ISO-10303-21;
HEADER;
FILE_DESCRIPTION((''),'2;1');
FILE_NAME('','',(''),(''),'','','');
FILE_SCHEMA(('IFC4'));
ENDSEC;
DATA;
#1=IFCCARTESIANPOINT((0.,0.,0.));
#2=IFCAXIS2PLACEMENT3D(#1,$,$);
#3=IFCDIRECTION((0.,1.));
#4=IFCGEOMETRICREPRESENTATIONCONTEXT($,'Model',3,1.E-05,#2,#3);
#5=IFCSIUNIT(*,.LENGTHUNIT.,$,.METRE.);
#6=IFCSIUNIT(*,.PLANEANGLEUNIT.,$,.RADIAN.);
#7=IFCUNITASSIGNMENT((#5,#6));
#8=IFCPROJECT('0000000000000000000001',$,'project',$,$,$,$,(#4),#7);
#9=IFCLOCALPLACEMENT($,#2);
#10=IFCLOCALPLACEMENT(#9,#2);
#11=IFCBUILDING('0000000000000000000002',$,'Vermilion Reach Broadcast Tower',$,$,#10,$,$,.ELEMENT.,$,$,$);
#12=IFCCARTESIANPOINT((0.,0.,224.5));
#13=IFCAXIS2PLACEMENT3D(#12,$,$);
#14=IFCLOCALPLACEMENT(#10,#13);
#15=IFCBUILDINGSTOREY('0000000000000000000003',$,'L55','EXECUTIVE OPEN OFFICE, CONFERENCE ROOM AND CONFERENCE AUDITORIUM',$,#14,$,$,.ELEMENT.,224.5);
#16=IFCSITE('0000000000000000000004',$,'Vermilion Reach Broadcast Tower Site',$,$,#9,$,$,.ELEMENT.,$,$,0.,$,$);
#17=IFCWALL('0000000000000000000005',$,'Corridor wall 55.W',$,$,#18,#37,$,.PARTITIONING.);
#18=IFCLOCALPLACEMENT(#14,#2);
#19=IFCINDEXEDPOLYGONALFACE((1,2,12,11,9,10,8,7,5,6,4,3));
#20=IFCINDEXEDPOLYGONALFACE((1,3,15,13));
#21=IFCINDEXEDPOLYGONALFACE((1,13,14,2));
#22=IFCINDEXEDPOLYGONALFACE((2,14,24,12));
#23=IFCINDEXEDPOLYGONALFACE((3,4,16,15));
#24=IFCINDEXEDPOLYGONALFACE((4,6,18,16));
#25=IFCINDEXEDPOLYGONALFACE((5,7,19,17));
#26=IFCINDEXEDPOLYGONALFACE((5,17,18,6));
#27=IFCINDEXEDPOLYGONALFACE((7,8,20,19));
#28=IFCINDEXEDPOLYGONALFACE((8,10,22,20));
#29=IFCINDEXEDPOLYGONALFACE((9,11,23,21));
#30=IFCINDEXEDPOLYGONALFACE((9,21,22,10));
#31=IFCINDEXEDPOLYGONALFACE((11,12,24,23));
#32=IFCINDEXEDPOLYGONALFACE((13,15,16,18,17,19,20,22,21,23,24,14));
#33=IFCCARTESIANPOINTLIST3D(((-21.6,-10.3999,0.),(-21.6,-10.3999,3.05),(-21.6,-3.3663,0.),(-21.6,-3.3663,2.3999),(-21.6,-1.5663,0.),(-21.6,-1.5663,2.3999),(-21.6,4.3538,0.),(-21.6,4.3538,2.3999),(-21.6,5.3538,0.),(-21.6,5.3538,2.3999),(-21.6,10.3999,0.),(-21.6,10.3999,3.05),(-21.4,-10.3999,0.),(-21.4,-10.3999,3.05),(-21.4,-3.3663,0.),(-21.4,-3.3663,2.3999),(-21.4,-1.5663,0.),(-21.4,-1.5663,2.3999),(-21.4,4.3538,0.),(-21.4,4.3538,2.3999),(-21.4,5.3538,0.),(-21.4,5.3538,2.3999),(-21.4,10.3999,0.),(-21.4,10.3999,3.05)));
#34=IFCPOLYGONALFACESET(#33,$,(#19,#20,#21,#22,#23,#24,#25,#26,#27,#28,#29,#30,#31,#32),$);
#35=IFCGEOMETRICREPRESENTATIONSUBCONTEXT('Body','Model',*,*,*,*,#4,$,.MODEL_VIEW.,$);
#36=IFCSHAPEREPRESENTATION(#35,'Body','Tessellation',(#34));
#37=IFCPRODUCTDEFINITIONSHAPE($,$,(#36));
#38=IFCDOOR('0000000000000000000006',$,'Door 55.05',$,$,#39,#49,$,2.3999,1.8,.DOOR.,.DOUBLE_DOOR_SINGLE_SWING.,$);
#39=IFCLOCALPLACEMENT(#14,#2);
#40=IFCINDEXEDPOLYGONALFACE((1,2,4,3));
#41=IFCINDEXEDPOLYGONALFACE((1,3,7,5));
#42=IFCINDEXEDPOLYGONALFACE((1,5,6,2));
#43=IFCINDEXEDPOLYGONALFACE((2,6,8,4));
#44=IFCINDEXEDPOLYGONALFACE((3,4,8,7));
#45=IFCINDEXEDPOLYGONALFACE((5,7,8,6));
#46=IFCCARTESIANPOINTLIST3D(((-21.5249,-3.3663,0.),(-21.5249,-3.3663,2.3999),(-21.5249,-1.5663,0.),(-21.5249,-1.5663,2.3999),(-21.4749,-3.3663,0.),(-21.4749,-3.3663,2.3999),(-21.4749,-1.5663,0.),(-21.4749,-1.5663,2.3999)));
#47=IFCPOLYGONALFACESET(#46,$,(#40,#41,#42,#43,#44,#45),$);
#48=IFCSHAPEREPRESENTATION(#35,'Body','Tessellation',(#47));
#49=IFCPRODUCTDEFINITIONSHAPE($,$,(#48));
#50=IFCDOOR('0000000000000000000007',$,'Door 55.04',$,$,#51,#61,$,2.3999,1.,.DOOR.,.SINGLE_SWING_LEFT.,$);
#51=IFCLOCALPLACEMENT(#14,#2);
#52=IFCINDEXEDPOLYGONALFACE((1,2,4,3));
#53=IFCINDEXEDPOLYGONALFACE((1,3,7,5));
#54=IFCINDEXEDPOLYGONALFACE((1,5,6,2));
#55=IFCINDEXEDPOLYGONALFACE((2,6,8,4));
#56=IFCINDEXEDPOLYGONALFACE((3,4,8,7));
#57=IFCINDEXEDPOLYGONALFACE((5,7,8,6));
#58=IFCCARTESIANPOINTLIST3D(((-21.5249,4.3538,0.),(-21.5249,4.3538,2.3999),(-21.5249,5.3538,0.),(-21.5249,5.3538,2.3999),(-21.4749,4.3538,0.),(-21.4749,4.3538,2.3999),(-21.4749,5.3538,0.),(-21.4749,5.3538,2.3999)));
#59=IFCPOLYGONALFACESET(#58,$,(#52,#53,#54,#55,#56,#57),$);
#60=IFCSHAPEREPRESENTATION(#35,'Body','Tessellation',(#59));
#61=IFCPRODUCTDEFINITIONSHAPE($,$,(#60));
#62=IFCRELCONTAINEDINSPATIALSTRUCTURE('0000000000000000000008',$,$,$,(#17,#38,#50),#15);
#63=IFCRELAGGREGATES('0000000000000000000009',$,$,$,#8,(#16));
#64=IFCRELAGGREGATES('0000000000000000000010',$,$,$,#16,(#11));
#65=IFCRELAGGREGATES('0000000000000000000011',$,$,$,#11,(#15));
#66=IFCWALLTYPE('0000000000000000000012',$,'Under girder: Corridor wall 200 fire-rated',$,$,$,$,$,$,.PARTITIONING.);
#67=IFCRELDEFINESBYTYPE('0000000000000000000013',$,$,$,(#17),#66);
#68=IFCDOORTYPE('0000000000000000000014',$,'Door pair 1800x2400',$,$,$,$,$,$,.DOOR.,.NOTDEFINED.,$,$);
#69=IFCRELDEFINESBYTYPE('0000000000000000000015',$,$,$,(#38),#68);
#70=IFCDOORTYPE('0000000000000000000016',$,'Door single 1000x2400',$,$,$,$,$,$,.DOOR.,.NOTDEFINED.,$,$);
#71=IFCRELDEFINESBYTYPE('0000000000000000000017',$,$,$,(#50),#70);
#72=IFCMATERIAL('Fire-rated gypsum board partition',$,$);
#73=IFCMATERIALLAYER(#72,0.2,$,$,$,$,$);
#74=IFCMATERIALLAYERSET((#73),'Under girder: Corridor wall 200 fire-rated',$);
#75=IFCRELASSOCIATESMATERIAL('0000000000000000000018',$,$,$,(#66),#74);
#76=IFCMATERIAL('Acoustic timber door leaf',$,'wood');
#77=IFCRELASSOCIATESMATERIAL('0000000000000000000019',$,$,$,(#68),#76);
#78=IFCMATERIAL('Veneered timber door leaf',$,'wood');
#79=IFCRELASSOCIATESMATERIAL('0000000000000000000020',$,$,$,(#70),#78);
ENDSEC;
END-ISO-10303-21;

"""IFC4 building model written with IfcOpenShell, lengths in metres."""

from ifc_helpers import new_model, si_unit, direction, frame, frame_2d, origin, place, context, subcontext, project, spatial, rectangle, extrude, material, layer, layer_set, type_object, element, fill, save


model = new_model("IFC4")

# Units and contexts
model_context = context("Model", 3, precision=1e-05, world=origin(), true_north=direction((0.0, 1.0)))
body_context = subcontext(model_context, "Body", "Model", "MODEL_VIEW")
ifc_project = project(units=[si_unit("LENGTHUNIT", "METRE"), si_unit("PLANEANGLEUNIT", "RADIAN")], contexts=[model_context])

# Site, building, storey
site_placement = place(None, origin())
site = spatial("IfcSite", under=ifc_project, at=site_placement, Name="Vermilion Reach Broadcast Tower Site", CompositionType="ELEMENT", RefElevation=0.0)
building_placement = place(site_placement, origin())
building = spatial("IfcBuilding", under=site, at=building_placement, Name="Vermilion Reach Broadcast Tower", CompositionType="ELEMENT")
storey_placement = place(building_placement, frame((0.0, 0.0, 224.5)))
storey = spatial("IfcBuildingStorey", under=building, at=storey_placement, Name="L55", Description="EXECUTIVE OPEN OFFICE, CONFERENCE ROOM AND CONFERENCE AUDITORIUM", CompositionType="ELEMENT", Elevation=224.5)

# Wall, openings, doors
ifc_material_1 = material(Name="Fire-rated gypsum board partition")
ifc_layer_1 = layer(ifc_material_1, 0.2)
ifc_layer_set_1 = layer_set([ifc_layer_1], Name="Under girder: Corridor wall 200 fire-rated")
wall_type_1 = type_object("IfcWallType", Name="Under girder: Corridor wall 200 fire-rated", PredefinedType="PARTITIONING", material=ifc_layer_set_1)
wall_1_placement = place(storey_placement, frame((-21.5, -10.3999, 0.0), z_axis=(0.0, 0.0, 1.0), x_axis=(0.0, 1.0, 0.0)))
wall_1 = element("IfcWall", 1, at=wall_1_placement, inside=storey, type_object=wall_type_1, Name="Corridor wall 55.W", PredefinedType="PARTITIONING", context=body_context, shape_type="SweptSolid", body=[
    extrude(rectangle(XDim=20.7998, YDim=0.2, at=frame_2d((10.3999, 0.0))), origin(), (0.0, 0.0, 1.0), 3.05),
])
opening_1_placement = place(wall_1_placement, frame((14.7537, 0.0, 0.0)))
opening_1 = element("IfcOpeningElement", 2, at=opening_1_placement, cuts=wall_1, PredefinedType="OPENING", context=body_context, shape_type="SweptSolid", body=[
    extrude(rectangle(XDim=1.0, YDim=2.3999, at=frame_2d((0.5, 1.2))), frame((0.0, 0.1099, 0.0), z_axis=(0.0, -1.0, 0.0), x_axis=(1.0, 0.0, 0.0)), (0.0, 0.0, 1.0), 0.22),
])
opening_2_placement = place(wall_1_placement, frame((7.0337, 0.0, 0.0)))
opening_2 = element("IfcOpeningElement", 3, at=opening_2_placement, cuts=wall_1, PredefinedType="OPENING", context=body_context, shape_type="SweptSolid", body=[
    extrude(rectangle(XDim=1.8, YDim=2.3999, at=frame_2d((0.8999, 1.2))), frame((0.0, 0.1099, 0.0), z_axis=(0.0, -1.0, 0.0), x_axis=(1.0, 0.0, 0.0)), (0.0, 0.0, 1.0), 0.22),
])
ifc_material_2 = material(Name="Acoustic timber door leaf", Category="wood")
door_type_1 = type_object("IfcDoorType", Name="Door pair 1800x2400", OperationType="NOTDEFINED", PredefinedType="DOOR", material=ifc_material_2)
door_1_placement = place(opening_2_placement, origin())
door_1 = element("IfcDoor", 4, at=door_1_placement, inside=storey, type_object=door_type_1, Name="Door 55.05", OperationType="DOUBLE_DOOR_SINGLE_SWING", OverallHeight=2.3999, OverallWidth=1.8, PredefinedType="DOOR", context=body_context, shape_type="SweptSolid", body=[
    extrude(rectangle(XDim=1.8, YDim=2.3999, at=frame_2d((0.8999, 1.2))), frame((0.0, 0.0249, 0.0), z_axis=(0.0, -1.0, 0.0), x_axis=(1.0, 0.0, 0.0)), (0.0, 0.0, 1.0), 0.05),
])
fill(opening_2, door_1)
ifc_material_3 = material(Name="Veneered timber door leaf", Category="wood")
door_type_2 = type_object("IfcDoorType", Name="Door single 1000x2400", OperationType="NOTDEFINED", PredefinedType="DOOR", material=ifc_material_3)
door_2_placement = place(opening_1_placement, origin())
door_2 = element("IfcDoor", 5, at=door_2_placement, inside=storey, type_object=door_type_2, Name="Door 55.04", OperationType="SINGLE_SWING_LEFT", OverallHeight=2.3999, OverallWidth=1.0, PredefinedType="DOOR", context=body_context, shape_type="SweptSolid", body=[
    extrude(rectangle(XDim=1.0, YDim=2.3999, at=frame_2d((0.5, 1.2))), frame((0.0, 0.0249, 0.0), z_axis=(0.0, -1.0, 0.0), x_axis=(1.0, 0.0, 0.0)), (0.0, 0.0, 1.0), 0.05),
])
fill(opening_1, door_2)

save(model, "model.ifc")
